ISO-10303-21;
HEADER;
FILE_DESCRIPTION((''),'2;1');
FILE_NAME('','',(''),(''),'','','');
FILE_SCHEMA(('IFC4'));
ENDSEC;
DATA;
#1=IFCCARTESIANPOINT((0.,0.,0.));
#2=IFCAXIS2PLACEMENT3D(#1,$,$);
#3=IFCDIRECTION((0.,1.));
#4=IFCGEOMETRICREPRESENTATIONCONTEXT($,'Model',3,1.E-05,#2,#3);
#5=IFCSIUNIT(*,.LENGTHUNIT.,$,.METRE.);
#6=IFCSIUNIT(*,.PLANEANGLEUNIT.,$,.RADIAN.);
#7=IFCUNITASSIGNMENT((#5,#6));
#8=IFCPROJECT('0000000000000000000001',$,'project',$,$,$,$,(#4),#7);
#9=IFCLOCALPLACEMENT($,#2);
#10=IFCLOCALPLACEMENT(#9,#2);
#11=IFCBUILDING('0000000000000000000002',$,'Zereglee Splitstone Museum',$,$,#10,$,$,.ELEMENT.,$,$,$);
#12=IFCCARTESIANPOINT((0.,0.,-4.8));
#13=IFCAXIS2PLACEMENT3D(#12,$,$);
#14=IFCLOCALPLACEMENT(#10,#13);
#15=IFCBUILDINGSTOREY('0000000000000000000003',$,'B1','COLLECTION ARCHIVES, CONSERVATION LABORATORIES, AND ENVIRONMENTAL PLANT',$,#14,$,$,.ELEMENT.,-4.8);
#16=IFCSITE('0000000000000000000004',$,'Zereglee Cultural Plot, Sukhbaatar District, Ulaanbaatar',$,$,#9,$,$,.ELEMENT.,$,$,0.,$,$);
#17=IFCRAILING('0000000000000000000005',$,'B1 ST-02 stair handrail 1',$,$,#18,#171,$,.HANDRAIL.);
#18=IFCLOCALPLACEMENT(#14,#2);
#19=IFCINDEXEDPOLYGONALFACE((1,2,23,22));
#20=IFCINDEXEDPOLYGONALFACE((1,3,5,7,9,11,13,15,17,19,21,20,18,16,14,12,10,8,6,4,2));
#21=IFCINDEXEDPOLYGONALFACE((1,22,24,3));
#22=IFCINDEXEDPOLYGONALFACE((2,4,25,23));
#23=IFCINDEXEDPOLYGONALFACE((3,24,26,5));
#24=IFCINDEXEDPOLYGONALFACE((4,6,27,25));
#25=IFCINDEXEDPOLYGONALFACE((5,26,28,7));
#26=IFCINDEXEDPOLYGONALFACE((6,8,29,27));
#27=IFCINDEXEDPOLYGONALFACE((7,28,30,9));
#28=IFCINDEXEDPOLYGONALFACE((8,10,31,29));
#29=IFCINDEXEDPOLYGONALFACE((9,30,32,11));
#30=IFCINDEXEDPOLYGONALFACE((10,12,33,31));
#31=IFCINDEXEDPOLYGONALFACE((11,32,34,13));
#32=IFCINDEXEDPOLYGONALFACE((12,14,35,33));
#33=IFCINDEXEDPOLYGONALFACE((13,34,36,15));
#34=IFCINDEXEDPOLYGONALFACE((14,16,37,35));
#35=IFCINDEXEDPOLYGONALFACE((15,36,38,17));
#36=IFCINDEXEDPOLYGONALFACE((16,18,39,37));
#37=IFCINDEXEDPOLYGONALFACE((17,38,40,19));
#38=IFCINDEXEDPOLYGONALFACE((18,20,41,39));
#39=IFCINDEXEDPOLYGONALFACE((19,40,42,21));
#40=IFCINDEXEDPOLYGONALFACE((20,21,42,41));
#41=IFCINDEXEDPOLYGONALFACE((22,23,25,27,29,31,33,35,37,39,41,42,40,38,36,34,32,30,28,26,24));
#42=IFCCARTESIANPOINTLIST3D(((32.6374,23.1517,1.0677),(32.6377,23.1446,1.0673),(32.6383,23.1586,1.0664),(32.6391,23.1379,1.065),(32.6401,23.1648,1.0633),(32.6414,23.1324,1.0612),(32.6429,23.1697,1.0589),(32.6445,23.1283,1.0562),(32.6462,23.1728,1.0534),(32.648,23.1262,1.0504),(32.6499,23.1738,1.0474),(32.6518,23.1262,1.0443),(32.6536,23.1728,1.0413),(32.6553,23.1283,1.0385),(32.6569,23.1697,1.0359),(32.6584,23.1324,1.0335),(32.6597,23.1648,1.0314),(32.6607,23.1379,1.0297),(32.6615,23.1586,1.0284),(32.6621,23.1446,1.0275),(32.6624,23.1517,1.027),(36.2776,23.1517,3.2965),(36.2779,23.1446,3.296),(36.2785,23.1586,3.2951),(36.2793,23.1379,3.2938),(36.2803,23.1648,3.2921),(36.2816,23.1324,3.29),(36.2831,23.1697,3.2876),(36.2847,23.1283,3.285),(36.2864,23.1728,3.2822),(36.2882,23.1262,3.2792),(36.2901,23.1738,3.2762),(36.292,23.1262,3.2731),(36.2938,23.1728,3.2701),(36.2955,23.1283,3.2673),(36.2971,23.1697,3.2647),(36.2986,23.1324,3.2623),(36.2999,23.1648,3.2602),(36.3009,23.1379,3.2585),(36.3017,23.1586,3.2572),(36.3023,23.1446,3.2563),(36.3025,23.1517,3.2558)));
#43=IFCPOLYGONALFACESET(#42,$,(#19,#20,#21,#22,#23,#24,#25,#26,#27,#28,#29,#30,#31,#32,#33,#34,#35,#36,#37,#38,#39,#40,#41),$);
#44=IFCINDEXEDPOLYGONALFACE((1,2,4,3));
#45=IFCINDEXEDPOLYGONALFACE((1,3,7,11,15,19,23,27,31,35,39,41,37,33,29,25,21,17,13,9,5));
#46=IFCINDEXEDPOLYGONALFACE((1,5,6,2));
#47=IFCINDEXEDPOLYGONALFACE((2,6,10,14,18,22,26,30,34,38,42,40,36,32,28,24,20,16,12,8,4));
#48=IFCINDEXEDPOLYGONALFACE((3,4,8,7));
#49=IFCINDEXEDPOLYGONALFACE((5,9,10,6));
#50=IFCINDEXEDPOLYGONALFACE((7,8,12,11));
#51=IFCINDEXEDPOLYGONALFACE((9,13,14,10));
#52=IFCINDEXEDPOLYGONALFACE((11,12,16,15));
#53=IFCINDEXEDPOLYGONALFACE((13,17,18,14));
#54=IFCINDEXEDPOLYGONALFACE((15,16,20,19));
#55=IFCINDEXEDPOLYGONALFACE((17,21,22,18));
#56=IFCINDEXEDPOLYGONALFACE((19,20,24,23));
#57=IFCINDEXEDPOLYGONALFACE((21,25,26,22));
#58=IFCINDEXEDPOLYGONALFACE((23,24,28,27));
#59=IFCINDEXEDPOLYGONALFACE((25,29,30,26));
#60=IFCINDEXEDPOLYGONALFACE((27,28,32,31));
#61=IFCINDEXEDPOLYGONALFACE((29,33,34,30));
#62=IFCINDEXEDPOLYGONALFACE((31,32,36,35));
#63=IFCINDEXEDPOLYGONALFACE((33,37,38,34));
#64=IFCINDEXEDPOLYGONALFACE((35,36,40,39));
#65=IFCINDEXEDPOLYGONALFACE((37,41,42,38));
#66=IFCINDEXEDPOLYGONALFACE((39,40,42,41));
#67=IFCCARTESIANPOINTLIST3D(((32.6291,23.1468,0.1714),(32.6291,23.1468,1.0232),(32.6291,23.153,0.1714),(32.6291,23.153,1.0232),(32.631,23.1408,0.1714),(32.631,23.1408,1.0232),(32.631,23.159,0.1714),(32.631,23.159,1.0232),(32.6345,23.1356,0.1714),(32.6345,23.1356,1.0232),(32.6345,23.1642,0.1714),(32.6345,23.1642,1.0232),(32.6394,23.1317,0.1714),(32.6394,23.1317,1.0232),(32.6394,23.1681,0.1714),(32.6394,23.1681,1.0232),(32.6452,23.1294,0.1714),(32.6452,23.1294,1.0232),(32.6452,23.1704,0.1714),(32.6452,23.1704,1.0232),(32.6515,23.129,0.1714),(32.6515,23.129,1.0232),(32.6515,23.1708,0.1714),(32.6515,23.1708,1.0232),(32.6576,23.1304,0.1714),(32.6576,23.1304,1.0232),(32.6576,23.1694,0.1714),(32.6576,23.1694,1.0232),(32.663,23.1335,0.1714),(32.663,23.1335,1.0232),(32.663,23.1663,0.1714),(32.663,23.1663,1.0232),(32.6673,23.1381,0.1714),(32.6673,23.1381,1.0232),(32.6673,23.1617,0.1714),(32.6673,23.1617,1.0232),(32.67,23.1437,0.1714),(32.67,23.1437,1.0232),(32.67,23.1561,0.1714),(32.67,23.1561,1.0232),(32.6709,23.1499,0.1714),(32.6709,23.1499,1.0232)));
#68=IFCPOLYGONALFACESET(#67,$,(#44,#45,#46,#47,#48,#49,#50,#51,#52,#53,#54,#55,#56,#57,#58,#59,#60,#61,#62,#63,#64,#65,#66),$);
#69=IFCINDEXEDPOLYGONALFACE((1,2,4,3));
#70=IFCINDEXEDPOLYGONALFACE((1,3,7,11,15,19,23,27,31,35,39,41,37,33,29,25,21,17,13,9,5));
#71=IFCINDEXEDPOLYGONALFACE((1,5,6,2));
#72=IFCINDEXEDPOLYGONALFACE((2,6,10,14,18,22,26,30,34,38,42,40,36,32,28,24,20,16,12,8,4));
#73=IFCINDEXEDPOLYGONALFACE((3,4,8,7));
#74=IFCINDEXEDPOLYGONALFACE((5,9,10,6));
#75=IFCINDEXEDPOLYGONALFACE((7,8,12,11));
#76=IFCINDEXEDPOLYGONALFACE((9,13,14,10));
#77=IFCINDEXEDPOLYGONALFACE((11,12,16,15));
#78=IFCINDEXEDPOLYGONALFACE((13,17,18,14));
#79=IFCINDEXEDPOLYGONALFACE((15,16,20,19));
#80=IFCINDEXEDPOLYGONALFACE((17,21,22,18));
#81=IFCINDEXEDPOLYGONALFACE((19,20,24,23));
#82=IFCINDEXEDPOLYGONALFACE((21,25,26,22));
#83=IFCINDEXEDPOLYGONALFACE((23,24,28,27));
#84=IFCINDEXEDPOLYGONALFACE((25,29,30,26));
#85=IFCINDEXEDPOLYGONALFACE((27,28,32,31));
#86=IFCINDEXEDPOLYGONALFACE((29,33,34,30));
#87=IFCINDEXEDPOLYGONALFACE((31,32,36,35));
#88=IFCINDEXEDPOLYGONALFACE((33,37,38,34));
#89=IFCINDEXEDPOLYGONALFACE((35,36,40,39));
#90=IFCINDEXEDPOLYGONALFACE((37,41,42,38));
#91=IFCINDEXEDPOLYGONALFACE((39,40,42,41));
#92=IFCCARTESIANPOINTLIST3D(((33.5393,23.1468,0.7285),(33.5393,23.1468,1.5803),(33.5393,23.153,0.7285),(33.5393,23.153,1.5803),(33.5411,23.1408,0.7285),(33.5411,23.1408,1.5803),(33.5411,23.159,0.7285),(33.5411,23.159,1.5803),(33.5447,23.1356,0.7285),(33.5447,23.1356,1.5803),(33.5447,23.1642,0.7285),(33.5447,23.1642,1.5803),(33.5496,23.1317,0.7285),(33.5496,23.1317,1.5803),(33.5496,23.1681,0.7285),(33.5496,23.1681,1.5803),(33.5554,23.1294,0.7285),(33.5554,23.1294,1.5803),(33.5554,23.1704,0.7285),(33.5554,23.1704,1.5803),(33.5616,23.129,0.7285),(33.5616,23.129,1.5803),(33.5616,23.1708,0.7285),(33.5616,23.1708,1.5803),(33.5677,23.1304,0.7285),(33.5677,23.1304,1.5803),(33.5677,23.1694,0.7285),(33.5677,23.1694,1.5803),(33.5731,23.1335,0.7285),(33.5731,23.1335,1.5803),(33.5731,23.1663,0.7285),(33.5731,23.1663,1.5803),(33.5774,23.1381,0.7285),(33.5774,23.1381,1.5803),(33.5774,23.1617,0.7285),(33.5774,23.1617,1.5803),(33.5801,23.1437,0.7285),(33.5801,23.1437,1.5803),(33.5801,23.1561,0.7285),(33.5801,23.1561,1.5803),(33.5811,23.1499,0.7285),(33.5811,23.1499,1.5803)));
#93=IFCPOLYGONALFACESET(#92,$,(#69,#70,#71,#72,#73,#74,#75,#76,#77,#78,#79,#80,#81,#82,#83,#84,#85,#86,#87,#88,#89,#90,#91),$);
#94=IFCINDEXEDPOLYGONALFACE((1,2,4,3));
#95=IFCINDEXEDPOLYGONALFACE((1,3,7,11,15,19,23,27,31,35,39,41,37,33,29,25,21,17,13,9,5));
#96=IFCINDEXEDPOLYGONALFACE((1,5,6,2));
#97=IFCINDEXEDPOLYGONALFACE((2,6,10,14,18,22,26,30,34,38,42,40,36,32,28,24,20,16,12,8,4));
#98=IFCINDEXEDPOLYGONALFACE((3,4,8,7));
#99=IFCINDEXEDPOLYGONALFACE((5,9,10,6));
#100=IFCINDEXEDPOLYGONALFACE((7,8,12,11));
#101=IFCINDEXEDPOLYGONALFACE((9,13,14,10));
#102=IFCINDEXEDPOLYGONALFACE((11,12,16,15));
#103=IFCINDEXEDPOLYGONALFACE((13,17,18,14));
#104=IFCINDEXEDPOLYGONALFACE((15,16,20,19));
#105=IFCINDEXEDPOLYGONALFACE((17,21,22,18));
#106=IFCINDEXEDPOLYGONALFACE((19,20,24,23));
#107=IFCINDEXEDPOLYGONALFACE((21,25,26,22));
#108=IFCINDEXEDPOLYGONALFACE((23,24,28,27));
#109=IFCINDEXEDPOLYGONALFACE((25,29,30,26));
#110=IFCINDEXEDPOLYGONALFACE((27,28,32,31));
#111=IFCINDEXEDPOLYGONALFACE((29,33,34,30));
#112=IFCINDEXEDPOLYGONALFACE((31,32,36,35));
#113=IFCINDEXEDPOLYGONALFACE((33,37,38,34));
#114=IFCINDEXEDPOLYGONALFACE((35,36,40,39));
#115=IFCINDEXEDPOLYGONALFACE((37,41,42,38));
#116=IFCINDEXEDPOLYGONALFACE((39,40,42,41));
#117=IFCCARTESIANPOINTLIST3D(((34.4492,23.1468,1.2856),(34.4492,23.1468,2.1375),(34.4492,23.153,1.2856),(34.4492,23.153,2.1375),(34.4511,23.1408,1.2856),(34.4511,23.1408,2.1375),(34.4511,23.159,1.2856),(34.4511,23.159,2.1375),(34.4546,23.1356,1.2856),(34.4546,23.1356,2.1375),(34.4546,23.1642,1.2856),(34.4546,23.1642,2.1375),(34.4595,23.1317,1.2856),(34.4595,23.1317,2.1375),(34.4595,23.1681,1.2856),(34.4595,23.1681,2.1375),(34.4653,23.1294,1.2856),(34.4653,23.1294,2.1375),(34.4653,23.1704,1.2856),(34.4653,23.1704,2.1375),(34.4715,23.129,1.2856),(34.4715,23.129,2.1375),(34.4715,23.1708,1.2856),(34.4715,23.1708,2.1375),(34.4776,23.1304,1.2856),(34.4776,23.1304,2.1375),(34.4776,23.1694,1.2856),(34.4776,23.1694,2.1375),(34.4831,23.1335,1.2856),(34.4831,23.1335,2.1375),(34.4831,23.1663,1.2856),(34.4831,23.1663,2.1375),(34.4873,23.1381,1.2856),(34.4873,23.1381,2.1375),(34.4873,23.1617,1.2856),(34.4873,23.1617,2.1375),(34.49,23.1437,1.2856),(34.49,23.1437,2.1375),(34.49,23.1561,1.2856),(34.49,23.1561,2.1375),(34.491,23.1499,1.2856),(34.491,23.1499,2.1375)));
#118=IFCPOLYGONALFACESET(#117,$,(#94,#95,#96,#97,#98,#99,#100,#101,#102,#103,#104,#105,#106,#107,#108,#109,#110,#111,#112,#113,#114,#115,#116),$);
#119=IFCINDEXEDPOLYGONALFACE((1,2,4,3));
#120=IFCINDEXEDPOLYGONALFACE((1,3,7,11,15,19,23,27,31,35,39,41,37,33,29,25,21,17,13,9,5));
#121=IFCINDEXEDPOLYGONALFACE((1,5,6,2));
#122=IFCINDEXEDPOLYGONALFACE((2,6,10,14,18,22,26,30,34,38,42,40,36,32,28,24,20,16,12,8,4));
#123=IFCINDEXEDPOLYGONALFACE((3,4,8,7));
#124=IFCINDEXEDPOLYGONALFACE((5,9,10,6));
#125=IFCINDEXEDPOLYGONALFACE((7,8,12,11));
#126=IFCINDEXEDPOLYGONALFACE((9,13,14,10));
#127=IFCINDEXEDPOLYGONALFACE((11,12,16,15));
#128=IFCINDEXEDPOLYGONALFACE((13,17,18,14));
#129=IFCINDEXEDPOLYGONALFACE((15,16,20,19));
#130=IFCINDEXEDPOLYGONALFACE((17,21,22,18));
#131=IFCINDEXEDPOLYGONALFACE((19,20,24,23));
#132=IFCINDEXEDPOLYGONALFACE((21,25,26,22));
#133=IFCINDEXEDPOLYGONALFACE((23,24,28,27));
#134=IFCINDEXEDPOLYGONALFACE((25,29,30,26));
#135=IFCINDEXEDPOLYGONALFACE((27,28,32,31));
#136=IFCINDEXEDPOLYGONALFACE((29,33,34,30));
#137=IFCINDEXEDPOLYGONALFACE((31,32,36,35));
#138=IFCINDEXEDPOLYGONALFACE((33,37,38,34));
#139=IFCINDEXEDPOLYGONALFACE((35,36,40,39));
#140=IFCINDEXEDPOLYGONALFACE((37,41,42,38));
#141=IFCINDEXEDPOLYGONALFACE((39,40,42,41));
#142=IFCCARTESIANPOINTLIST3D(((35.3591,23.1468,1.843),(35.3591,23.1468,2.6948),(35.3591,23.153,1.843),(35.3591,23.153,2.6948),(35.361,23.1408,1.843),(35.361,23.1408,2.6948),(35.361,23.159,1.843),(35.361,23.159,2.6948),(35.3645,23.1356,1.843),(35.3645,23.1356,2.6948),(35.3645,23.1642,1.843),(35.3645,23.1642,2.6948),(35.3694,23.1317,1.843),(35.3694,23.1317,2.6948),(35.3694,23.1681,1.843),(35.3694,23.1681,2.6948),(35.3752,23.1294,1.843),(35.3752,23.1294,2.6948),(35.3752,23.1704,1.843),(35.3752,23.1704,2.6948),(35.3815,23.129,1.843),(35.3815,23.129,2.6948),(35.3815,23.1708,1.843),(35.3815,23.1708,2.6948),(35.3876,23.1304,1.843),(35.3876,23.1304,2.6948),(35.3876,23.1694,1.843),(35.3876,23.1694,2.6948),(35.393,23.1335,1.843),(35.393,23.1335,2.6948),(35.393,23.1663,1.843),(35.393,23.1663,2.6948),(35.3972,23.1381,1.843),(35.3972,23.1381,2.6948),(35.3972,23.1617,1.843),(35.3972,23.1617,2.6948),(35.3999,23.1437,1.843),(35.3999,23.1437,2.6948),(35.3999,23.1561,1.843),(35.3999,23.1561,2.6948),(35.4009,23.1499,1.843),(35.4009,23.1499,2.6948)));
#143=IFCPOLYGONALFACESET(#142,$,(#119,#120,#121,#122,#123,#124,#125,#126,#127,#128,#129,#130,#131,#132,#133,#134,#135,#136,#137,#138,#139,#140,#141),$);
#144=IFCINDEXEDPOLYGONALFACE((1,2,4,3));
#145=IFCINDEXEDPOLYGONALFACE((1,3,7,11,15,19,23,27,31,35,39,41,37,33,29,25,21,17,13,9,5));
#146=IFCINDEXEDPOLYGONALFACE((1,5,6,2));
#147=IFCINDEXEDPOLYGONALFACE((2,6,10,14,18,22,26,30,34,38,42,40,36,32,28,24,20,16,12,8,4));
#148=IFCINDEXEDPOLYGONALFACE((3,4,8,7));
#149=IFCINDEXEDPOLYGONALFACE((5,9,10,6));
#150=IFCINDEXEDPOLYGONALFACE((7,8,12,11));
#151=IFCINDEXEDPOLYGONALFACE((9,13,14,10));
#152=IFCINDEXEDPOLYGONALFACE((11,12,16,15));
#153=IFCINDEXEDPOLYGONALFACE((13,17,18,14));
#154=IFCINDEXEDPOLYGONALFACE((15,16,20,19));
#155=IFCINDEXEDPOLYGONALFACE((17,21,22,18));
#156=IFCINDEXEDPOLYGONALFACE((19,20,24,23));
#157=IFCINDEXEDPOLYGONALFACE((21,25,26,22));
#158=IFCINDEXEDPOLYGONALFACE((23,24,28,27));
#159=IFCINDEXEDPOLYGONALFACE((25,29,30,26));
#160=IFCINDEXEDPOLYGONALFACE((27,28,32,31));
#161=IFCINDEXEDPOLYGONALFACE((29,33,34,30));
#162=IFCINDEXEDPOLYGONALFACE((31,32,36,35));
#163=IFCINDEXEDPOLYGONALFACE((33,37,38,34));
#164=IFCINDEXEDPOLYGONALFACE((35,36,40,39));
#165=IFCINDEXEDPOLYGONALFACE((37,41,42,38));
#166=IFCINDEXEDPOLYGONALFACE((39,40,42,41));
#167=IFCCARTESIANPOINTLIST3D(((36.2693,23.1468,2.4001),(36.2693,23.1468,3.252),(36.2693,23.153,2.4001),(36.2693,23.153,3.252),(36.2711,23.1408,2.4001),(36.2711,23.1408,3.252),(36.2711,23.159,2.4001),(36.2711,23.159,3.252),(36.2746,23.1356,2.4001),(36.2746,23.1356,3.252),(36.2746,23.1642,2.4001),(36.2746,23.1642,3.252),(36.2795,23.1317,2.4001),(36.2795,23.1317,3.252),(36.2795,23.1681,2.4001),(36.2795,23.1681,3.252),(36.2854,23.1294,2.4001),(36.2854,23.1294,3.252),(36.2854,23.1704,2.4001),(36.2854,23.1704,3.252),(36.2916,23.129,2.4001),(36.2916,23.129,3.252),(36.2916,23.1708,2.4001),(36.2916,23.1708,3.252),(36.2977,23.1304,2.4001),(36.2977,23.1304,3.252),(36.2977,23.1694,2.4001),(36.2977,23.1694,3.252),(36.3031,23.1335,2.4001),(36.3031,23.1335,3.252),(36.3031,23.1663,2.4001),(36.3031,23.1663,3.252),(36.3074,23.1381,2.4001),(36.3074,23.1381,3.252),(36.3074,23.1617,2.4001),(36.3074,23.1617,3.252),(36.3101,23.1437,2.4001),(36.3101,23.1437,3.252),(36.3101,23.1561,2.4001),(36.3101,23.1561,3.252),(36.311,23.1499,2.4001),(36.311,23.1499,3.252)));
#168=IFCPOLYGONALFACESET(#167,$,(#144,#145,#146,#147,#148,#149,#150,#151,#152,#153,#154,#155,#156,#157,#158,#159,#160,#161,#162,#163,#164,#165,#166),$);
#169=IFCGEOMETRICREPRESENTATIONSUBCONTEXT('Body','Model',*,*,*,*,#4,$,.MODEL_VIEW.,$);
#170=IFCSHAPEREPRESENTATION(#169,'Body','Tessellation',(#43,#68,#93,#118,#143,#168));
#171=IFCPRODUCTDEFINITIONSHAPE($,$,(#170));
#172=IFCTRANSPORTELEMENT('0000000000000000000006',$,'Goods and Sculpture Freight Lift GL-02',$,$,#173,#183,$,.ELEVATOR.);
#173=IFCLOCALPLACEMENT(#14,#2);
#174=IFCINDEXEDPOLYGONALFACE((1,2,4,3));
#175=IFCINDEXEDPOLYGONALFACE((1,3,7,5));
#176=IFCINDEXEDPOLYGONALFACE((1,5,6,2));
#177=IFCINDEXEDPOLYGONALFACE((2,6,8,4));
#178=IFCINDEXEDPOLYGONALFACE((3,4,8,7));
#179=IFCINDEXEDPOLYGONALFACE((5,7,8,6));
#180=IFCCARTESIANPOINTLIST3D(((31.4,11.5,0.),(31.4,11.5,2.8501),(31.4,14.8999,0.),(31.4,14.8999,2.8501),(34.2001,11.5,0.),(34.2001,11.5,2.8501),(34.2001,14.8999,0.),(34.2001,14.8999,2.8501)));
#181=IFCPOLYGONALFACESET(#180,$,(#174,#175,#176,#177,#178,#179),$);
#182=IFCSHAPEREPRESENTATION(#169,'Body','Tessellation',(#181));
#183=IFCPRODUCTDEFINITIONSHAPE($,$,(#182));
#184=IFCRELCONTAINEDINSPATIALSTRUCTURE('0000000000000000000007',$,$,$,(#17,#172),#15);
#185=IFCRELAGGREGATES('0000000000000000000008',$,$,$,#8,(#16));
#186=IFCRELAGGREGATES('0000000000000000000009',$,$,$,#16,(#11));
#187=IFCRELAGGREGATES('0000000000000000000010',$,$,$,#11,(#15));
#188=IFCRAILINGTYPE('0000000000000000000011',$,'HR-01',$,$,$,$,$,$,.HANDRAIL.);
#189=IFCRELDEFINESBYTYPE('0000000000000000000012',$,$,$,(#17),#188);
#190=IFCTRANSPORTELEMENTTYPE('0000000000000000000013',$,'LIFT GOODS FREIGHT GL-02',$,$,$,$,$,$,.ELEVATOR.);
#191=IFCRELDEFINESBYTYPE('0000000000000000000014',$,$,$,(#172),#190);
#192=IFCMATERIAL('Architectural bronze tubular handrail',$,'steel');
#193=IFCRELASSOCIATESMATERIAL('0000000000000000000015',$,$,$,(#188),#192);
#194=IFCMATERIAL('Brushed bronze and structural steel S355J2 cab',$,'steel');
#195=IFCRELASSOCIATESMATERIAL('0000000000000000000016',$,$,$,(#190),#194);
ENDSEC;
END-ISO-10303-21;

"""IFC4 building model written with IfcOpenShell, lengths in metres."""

from ifc_helpers import new_model, si_unit, direction, frame, origin, origin_2d, place, context, subcontext, project, spatial, rectangle, circle, extrude, material, type_object, element, save


model = new_model("IFC4")

# Units and contexts
model_context = context("Model", 3, precision=1e-05, world=origin(), true_north=direction((0.0, 1.0)))
body_context = subcontext(model_context, "Body", "Model", "MODEL_VIEW")
ifc_project = project(units=[si_unit("LENGTHUNIT", "METRE"), si_unit("PLANEANGLEUNIT", "RADIAN")], contexts=[model_context])

# Site, building, storey
site_placement = place(None, origin())
site = spatial("IfcSite", under=ifc_project, at=site_placement, Name="Zereglee Cultural Plot, Sukhbaatar District, Ulaanbaatar", CompositionType="ELEMENT", RefElevation=0.0)
building_placement = place(site_placement, origin())
building = spatial("IfcBuilding", under=site, at=building_placement, Name="Zereglee Splitstone Museum", CompositionType="ELEMENT")
storey_placement = place(building_placement, frame((0.0, 0.0, -4.8)))
storey = spatial("IfcBuildingStorey", under=building, at=storey_placement, Name="B1", Description="COLLECTION ARCHIVES, CONSERVATION LABORATORIES, AND ENVIRONMENTAL PLANT", CompositionType="ELEMENT", Elevation=-4.8)

# Railing
ifc_material_1 = material(Name="Architectural bronze tubular handrail", Category="steel")
railing_type_1 = type_object("IfcRailingType", Name="HR-01", PredefinedType="HANDRAIL", material=ifc_material_1)
railing_1_placement = place(storey_placement, frame((32.6499, 23.1499, 0.1714)))
element("IfcRailing", 1, at=railing_1_placement, inside=storey, type_object=railing_type_1, Name="B1 ST-02 stair handrail 1", PredefinedType="HANDRAIL", context=body_context, shape_type="SweptSolid", body=[
    extrude(circle(Radius=0.0239, at=origin_2d()), frame((0.0, 0.0, 0.876), z_axis=(0.85284, 0.0, 0.522172), x_axis=(0.0, 1.0, 0.0)), (0.0, 0.0, 1.0), 4.2683),
    extrude(circle(Radius=0.021, at=origin_2d()), origin(), (0.0, 0.0, 1.0), 0.8518),
    extrude(circle(Radius=0.021, at=origin_2d()), frame((0.9102, 0.0, 0.5571)), (0.0, 0.0, 1.0), 0.8518),
    extrude(circle(Radius=0.021, at=origin_2d()), frame((1.8201, 0.0, 1.1143)), (0.0, 0.0, 1.0), 0.8518),
    extrude(circle(Radius=0.021, at=origin_2d()), frame((2.73, 0.0, 1.6716)), (0.0, 0.0, 1.0), 0.8518),
    extrude(circle(Radius=0.021, at=origin_2d()), frame((3.6401, 0.0, 2.2288)), (0.0, 0.0, 1.0), 0.8518),
])

# Transport element
ifc_material_2 = material(Name="Brushed bronze and structural steel S355J2 cab", Category="steel")
transport_element_type = type_object("IfcTransportElementType", Name="LIFT GOODS FREIGHT GL-02", PredefinedType="ELEVATOR", material=ifc_material_2)
transport_element_placement = place(storey_placement, frame((32.8, 13.2, 0.0), z_axis=(0.0, 0.0, 1.0), x_axis=(1.0, 0.0, 0.0)))
element("IfcTransportElement", 2, at=transport_element_placement, inside=storey, type_object=transport_element_type, Name="Goods and Sculpture Freight Lift GL-02", PredefinedType="ELEVATOR", context=body_context, shape_type="SweptSolid", body=[
    extrude(rectangle(XDim=2.8, YDim=3.3999, at=origin_2d()), origin(), (0.0, 0.0, 1.0), 2.8501),
])

save(model, "model.ifc")
